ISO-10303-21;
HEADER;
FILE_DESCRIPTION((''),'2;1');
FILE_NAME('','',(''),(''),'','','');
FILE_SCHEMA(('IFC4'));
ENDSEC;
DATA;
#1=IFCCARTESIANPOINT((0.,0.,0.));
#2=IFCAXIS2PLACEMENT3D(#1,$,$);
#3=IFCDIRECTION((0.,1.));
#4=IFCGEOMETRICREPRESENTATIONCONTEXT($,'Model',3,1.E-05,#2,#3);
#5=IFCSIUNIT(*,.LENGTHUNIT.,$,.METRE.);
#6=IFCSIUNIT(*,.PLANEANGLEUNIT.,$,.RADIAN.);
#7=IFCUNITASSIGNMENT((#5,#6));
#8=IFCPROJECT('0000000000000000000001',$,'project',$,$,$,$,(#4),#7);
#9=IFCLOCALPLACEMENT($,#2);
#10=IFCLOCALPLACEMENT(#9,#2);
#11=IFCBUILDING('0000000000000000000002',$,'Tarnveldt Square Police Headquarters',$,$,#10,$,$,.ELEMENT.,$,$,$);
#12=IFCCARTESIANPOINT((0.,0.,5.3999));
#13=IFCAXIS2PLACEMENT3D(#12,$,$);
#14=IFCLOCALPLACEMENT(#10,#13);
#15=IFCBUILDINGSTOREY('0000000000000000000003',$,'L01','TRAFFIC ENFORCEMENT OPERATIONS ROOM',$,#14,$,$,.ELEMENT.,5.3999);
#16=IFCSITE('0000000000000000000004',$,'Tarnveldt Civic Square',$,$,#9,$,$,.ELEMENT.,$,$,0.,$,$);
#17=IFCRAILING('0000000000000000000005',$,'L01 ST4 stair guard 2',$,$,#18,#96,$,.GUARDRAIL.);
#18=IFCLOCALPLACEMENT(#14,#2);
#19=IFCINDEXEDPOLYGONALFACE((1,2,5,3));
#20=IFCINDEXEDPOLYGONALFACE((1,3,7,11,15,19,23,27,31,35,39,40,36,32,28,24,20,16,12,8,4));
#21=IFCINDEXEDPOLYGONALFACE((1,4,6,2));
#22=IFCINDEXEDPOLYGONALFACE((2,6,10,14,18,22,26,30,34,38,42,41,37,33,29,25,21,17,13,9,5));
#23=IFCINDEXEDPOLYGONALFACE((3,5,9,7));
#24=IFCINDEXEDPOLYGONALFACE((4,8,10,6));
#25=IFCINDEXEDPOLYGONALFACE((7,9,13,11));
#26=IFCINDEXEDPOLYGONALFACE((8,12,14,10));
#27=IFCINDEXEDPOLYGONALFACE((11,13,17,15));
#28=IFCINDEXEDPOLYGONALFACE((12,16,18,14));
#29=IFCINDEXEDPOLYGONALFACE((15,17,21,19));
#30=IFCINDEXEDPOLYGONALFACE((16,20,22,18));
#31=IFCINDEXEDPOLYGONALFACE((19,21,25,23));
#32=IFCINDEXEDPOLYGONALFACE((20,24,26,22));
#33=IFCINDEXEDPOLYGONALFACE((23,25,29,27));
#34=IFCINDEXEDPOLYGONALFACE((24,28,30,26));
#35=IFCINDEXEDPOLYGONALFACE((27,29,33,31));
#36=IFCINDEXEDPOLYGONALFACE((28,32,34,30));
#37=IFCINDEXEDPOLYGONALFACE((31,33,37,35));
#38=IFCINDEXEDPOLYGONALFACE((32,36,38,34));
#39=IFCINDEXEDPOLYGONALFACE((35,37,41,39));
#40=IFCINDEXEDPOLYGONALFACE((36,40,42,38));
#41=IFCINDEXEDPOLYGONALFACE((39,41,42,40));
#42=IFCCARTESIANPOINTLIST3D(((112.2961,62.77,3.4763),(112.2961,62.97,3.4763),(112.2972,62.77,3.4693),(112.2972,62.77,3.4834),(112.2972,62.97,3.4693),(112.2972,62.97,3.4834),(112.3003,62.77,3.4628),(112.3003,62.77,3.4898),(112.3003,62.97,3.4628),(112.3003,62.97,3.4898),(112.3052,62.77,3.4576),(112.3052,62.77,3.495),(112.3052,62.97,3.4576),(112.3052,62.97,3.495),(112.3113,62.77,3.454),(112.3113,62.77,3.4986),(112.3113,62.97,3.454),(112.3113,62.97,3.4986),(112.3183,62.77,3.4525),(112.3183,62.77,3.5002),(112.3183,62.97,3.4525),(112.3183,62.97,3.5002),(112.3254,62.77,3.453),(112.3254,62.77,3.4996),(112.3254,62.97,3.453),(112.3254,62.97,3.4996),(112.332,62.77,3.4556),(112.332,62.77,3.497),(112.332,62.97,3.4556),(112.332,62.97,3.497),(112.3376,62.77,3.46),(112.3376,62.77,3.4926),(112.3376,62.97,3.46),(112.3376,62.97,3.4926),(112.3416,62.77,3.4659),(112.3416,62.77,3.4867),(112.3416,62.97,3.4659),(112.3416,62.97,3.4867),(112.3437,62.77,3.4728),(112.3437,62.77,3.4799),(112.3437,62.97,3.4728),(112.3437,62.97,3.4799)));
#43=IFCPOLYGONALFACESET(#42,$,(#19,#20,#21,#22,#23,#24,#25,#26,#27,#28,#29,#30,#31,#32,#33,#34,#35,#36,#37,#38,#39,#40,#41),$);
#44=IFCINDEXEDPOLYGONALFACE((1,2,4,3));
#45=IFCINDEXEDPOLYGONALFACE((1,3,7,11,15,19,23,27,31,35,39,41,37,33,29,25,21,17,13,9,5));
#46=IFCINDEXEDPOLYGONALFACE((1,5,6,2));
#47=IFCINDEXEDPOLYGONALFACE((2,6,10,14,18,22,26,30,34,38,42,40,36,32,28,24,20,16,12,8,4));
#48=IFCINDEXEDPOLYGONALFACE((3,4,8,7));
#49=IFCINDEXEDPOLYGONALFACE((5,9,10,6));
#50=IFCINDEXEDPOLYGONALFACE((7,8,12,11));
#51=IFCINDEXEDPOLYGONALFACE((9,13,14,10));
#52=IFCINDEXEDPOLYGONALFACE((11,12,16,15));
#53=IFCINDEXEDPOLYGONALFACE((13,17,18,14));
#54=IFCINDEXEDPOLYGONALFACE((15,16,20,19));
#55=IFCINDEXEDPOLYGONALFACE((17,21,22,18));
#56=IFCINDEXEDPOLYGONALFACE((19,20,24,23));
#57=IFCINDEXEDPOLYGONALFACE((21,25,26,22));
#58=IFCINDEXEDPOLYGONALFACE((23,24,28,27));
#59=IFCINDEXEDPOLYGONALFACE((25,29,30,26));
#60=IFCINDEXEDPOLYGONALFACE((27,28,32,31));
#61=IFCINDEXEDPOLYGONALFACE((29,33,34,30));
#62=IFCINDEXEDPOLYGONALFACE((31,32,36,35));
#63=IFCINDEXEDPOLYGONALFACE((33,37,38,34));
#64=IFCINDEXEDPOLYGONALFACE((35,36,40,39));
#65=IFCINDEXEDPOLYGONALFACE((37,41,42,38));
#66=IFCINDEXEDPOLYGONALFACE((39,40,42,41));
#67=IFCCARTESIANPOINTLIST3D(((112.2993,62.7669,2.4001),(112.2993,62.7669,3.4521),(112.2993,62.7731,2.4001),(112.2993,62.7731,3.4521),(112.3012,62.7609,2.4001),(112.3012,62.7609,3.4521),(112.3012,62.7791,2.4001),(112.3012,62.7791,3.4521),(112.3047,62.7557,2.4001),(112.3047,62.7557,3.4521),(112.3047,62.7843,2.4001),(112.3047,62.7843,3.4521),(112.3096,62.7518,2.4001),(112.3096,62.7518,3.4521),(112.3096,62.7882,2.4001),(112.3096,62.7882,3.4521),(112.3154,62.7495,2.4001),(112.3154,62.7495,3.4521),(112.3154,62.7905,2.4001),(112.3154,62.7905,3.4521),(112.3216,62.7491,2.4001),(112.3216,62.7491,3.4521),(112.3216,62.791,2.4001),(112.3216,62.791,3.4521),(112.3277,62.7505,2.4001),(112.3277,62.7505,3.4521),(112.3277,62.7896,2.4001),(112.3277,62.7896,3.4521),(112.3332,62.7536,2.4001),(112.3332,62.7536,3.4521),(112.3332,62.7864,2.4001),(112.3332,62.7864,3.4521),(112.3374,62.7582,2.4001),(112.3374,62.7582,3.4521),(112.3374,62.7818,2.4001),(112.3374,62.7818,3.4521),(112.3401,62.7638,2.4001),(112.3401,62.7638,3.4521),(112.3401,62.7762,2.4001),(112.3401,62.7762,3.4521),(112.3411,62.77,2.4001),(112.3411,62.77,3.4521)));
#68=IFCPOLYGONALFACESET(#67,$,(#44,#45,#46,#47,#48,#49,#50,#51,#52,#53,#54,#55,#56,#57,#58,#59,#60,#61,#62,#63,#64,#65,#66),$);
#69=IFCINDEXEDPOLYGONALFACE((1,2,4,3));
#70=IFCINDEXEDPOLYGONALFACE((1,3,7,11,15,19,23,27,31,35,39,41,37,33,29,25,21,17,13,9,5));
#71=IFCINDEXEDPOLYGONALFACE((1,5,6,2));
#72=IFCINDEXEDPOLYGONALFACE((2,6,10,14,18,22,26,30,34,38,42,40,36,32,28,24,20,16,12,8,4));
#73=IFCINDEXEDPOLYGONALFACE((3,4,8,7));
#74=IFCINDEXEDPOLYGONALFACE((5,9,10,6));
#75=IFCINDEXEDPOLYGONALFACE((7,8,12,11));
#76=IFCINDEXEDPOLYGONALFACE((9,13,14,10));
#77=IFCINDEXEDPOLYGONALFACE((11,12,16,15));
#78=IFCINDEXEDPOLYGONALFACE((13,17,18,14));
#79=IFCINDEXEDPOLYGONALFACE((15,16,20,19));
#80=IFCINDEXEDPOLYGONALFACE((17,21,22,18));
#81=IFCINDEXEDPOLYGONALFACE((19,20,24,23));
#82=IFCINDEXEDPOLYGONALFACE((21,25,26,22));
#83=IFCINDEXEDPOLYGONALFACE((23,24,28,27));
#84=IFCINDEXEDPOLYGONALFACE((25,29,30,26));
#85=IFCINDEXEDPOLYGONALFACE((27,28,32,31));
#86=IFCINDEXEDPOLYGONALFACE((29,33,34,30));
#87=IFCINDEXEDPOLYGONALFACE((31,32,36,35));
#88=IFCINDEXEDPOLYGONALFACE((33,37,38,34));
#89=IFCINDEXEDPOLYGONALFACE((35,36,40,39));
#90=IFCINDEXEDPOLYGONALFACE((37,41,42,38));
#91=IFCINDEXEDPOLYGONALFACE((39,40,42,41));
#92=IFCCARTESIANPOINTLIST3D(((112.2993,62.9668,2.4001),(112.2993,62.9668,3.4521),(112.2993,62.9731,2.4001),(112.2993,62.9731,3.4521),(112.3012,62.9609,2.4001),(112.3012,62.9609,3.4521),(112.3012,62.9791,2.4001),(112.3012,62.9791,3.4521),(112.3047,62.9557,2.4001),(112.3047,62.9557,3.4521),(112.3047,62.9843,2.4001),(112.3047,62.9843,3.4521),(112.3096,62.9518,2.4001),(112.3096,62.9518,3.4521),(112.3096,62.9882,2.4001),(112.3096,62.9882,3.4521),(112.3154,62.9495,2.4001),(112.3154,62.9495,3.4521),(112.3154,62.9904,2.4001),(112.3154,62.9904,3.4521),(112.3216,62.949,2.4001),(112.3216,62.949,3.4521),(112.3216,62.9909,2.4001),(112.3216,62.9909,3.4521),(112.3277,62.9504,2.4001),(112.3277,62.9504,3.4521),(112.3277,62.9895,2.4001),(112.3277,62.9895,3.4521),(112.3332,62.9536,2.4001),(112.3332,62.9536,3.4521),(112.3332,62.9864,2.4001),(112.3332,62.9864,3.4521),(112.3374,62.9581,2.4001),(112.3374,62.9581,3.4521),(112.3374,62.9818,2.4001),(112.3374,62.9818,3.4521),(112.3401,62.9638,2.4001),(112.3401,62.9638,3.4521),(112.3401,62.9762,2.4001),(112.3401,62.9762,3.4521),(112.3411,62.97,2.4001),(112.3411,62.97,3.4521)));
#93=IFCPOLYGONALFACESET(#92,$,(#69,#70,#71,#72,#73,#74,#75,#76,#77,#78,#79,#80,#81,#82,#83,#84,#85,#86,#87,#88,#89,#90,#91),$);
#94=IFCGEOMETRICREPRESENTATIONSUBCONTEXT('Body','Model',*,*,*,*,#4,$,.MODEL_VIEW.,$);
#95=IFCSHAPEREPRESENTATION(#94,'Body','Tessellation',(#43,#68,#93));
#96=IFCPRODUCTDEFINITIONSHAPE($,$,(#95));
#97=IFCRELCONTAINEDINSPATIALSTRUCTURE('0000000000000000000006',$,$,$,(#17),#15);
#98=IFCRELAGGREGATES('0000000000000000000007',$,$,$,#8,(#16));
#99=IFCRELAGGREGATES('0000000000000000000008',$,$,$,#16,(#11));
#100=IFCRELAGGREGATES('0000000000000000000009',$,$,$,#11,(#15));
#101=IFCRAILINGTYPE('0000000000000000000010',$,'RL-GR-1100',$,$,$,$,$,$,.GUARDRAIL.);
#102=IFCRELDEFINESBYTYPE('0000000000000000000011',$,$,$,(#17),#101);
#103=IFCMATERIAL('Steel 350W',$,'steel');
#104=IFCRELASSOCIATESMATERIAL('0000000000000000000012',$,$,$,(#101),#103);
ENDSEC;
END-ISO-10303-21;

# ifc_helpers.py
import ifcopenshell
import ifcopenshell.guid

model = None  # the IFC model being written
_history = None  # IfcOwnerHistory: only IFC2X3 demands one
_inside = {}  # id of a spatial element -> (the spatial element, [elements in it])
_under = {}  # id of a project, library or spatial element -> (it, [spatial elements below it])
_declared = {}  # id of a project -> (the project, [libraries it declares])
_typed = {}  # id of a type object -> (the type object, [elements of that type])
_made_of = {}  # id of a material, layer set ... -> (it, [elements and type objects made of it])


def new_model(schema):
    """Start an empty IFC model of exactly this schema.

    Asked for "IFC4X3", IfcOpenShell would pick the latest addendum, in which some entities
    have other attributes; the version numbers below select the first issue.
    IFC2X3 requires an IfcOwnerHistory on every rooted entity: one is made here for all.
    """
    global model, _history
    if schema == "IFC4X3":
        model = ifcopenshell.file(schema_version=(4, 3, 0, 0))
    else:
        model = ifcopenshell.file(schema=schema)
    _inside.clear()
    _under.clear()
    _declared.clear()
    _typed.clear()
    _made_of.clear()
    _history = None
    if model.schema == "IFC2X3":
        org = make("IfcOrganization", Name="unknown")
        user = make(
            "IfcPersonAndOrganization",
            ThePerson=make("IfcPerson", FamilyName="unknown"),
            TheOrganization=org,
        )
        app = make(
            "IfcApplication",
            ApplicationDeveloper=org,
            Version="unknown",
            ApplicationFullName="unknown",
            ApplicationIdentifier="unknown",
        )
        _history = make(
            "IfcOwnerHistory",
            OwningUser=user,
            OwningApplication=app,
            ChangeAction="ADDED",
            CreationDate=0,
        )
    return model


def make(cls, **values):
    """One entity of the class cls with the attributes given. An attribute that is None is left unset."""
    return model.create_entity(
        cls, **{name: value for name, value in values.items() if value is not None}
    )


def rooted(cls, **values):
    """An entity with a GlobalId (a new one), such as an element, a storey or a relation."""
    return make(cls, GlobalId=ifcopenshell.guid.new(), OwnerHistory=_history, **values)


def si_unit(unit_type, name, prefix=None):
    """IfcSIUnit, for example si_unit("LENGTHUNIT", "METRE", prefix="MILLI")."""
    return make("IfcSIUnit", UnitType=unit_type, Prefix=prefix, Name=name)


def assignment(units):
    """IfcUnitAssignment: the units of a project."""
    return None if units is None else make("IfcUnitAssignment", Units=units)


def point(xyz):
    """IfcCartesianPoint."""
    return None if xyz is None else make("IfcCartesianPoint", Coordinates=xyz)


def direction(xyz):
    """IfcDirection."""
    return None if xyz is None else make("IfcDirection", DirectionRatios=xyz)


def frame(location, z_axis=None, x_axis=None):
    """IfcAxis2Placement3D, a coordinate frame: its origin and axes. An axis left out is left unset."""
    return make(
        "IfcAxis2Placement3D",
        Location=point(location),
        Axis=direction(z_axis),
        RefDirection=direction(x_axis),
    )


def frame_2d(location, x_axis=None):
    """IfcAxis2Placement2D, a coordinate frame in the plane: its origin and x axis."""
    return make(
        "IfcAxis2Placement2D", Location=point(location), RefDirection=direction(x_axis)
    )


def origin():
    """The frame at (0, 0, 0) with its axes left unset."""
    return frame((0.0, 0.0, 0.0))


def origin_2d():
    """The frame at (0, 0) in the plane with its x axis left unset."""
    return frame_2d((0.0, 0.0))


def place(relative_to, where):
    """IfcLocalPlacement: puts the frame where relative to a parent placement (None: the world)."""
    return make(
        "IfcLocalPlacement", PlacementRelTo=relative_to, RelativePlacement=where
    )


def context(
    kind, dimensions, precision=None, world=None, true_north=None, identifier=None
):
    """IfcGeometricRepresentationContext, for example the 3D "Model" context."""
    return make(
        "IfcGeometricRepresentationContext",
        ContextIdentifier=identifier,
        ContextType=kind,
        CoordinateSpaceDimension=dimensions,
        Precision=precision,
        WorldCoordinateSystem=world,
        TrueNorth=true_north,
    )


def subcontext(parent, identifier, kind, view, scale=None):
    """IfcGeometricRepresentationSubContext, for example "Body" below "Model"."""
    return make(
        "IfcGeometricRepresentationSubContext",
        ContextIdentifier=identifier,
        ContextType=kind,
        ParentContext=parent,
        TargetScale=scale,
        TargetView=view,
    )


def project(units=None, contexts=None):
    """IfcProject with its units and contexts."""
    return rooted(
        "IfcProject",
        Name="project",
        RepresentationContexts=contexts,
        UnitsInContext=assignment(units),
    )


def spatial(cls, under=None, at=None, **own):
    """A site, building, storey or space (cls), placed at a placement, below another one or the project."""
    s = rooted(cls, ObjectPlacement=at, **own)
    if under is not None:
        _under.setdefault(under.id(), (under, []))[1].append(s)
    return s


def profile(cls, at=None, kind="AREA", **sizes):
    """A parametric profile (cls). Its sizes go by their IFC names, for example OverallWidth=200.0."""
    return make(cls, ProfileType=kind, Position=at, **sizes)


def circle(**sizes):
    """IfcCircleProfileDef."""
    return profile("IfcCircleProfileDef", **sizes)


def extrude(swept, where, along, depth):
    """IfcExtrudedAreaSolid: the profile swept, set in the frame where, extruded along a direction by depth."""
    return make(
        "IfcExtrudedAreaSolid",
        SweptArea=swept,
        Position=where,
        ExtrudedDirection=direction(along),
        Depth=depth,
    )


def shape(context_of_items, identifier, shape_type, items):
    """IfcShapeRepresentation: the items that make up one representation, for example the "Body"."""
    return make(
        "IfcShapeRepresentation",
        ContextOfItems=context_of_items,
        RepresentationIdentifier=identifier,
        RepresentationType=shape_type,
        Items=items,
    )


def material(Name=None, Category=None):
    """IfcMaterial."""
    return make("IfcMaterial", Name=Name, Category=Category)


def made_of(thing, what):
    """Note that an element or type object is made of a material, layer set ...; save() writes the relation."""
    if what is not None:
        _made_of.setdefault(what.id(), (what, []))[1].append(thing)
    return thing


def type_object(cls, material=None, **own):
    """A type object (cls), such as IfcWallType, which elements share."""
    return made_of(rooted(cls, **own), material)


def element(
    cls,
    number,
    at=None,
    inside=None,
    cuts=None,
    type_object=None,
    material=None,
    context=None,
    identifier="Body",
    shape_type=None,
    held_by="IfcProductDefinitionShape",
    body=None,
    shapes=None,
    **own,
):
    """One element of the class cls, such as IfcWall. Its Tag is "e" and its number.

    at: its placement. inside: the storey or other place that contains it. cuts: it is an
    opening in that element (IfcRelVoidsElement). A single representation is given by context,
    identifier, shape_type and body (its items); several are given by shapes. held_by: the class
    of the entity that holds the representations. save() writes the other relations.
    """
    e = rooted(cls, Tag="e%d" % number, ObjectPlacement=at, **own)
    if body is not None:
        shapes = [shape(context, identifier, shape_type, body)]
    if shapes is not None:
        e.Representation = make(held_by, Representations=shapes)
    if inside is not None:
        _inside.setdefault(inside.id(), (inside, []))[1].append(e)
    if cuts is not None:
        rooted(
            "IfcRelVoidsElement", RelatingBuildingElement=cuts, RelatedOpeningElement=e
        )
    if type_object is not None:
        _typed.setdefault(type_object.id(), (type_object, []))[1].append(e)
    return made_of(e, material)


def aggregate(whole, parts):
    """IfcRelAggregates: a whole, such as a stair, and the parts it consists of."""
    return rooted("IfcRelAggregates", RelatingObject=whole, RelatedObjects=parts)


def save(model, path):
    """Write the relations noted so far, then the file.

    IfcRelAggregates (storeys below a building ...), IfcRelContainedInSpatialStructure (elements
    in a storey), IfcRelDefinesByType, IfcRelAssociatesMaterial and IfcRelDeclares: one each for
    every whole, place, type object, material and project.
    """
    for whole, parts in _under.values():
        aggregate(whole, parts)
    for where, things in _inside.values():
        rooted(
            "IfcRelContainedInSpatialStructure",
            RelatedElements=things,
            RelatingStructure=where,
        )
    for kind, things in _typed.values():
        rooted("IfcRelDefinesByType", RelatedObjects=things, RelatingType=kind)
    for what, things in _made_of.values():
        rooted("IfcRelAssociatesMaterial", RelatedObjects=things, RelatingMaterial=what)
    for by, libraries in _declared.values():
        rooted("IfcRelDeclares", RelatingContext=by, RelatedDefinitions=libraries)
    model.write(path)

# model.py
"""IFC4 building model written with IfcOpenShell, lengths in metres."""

from ifc_helpers import new_model, si_unit, direction, frame, origin, origin_2d, place, context, subcontext, project, spatial, circle, extrude, material, type_object, element, save


model = new_model("IFC4")

# Units and contexts
model_context = context("Model", 3, precision=1e-05, world=origin(), true_north=direction((0.0, 1.0)))
body_context = subcontext(model_context, "Body", "Model", "MODEL_VIEW")
ifc_project = project(units=[si_unit("LENGTHUNIT", "METRE"), si_unit("PLANEANGLEUNIT", "RADIAN")], contexts=[model_context])

# Site, building, storey
site_placement = place(None, origin())
site = spatial("IfcSite", under=ifc_project, at=site_placement, Name="Tarnveldt Civic Square", CompositionType="ELEMENT", RefElevation=0.0)
building_placement = place(site_placement, origin())
building = spatial("IfcBuilding", under=site, at=building_placement, Name="Tarnveldt Square Police Headquarters", CompositionType="ELEMENT")
storey_placement = place(building_placement, frame((0.0, 0.0, 5.3999)))
storey = spatial("IfcBuildingStorey", under=building, at=storey_placement, Name="L01", Description="TRAFFIC ENFORCEMENT OPERATIONS ROOM", CompositionType="ELEMENT", Elevation=5.3999)

# Shared definitions
ifc_material_1 = material(Name="Steel 350W", Category="steel")

# Railing
railing_type_1 = type_object("IfcRailingType", Name="RL-GR-1100", PredefinedType="GUARDRAIL", material=ifc_material_1)
railing_1_placement = place(storey_placement, frame((112.3201, 62.77, 2.4001)))
element("IfcRailing", 1, at=railing_1_placement, inside=storey, type_object=railing_type_1, Name="L01 ST4 stair guard 2", PredefinedType="GUARDRAIL", context=body_context, shape_type="SweptSolid", body=[
    extrude(circle(Radius=0.0239, at=origin_2d()), frame((0.0, 0.0, 1.0762), z_axis=(0.0, 1.0, 0.0), x_axis=(-1.0, 0.0, 0.0)), (0.0, 0.0, 1.0), 0.2),
    extrude(circle(Radius=0.021, at=origin_2d()), origin(), (0.0, 0.0, 1.0), 1.052),
    extrude(circle(Radius=0.021, at=origin_2d()), frame((0.0, 0.2, 0.0)), (0.0, 0.0, 1.0), 1.052),
])

save(model, "model.ifc")
